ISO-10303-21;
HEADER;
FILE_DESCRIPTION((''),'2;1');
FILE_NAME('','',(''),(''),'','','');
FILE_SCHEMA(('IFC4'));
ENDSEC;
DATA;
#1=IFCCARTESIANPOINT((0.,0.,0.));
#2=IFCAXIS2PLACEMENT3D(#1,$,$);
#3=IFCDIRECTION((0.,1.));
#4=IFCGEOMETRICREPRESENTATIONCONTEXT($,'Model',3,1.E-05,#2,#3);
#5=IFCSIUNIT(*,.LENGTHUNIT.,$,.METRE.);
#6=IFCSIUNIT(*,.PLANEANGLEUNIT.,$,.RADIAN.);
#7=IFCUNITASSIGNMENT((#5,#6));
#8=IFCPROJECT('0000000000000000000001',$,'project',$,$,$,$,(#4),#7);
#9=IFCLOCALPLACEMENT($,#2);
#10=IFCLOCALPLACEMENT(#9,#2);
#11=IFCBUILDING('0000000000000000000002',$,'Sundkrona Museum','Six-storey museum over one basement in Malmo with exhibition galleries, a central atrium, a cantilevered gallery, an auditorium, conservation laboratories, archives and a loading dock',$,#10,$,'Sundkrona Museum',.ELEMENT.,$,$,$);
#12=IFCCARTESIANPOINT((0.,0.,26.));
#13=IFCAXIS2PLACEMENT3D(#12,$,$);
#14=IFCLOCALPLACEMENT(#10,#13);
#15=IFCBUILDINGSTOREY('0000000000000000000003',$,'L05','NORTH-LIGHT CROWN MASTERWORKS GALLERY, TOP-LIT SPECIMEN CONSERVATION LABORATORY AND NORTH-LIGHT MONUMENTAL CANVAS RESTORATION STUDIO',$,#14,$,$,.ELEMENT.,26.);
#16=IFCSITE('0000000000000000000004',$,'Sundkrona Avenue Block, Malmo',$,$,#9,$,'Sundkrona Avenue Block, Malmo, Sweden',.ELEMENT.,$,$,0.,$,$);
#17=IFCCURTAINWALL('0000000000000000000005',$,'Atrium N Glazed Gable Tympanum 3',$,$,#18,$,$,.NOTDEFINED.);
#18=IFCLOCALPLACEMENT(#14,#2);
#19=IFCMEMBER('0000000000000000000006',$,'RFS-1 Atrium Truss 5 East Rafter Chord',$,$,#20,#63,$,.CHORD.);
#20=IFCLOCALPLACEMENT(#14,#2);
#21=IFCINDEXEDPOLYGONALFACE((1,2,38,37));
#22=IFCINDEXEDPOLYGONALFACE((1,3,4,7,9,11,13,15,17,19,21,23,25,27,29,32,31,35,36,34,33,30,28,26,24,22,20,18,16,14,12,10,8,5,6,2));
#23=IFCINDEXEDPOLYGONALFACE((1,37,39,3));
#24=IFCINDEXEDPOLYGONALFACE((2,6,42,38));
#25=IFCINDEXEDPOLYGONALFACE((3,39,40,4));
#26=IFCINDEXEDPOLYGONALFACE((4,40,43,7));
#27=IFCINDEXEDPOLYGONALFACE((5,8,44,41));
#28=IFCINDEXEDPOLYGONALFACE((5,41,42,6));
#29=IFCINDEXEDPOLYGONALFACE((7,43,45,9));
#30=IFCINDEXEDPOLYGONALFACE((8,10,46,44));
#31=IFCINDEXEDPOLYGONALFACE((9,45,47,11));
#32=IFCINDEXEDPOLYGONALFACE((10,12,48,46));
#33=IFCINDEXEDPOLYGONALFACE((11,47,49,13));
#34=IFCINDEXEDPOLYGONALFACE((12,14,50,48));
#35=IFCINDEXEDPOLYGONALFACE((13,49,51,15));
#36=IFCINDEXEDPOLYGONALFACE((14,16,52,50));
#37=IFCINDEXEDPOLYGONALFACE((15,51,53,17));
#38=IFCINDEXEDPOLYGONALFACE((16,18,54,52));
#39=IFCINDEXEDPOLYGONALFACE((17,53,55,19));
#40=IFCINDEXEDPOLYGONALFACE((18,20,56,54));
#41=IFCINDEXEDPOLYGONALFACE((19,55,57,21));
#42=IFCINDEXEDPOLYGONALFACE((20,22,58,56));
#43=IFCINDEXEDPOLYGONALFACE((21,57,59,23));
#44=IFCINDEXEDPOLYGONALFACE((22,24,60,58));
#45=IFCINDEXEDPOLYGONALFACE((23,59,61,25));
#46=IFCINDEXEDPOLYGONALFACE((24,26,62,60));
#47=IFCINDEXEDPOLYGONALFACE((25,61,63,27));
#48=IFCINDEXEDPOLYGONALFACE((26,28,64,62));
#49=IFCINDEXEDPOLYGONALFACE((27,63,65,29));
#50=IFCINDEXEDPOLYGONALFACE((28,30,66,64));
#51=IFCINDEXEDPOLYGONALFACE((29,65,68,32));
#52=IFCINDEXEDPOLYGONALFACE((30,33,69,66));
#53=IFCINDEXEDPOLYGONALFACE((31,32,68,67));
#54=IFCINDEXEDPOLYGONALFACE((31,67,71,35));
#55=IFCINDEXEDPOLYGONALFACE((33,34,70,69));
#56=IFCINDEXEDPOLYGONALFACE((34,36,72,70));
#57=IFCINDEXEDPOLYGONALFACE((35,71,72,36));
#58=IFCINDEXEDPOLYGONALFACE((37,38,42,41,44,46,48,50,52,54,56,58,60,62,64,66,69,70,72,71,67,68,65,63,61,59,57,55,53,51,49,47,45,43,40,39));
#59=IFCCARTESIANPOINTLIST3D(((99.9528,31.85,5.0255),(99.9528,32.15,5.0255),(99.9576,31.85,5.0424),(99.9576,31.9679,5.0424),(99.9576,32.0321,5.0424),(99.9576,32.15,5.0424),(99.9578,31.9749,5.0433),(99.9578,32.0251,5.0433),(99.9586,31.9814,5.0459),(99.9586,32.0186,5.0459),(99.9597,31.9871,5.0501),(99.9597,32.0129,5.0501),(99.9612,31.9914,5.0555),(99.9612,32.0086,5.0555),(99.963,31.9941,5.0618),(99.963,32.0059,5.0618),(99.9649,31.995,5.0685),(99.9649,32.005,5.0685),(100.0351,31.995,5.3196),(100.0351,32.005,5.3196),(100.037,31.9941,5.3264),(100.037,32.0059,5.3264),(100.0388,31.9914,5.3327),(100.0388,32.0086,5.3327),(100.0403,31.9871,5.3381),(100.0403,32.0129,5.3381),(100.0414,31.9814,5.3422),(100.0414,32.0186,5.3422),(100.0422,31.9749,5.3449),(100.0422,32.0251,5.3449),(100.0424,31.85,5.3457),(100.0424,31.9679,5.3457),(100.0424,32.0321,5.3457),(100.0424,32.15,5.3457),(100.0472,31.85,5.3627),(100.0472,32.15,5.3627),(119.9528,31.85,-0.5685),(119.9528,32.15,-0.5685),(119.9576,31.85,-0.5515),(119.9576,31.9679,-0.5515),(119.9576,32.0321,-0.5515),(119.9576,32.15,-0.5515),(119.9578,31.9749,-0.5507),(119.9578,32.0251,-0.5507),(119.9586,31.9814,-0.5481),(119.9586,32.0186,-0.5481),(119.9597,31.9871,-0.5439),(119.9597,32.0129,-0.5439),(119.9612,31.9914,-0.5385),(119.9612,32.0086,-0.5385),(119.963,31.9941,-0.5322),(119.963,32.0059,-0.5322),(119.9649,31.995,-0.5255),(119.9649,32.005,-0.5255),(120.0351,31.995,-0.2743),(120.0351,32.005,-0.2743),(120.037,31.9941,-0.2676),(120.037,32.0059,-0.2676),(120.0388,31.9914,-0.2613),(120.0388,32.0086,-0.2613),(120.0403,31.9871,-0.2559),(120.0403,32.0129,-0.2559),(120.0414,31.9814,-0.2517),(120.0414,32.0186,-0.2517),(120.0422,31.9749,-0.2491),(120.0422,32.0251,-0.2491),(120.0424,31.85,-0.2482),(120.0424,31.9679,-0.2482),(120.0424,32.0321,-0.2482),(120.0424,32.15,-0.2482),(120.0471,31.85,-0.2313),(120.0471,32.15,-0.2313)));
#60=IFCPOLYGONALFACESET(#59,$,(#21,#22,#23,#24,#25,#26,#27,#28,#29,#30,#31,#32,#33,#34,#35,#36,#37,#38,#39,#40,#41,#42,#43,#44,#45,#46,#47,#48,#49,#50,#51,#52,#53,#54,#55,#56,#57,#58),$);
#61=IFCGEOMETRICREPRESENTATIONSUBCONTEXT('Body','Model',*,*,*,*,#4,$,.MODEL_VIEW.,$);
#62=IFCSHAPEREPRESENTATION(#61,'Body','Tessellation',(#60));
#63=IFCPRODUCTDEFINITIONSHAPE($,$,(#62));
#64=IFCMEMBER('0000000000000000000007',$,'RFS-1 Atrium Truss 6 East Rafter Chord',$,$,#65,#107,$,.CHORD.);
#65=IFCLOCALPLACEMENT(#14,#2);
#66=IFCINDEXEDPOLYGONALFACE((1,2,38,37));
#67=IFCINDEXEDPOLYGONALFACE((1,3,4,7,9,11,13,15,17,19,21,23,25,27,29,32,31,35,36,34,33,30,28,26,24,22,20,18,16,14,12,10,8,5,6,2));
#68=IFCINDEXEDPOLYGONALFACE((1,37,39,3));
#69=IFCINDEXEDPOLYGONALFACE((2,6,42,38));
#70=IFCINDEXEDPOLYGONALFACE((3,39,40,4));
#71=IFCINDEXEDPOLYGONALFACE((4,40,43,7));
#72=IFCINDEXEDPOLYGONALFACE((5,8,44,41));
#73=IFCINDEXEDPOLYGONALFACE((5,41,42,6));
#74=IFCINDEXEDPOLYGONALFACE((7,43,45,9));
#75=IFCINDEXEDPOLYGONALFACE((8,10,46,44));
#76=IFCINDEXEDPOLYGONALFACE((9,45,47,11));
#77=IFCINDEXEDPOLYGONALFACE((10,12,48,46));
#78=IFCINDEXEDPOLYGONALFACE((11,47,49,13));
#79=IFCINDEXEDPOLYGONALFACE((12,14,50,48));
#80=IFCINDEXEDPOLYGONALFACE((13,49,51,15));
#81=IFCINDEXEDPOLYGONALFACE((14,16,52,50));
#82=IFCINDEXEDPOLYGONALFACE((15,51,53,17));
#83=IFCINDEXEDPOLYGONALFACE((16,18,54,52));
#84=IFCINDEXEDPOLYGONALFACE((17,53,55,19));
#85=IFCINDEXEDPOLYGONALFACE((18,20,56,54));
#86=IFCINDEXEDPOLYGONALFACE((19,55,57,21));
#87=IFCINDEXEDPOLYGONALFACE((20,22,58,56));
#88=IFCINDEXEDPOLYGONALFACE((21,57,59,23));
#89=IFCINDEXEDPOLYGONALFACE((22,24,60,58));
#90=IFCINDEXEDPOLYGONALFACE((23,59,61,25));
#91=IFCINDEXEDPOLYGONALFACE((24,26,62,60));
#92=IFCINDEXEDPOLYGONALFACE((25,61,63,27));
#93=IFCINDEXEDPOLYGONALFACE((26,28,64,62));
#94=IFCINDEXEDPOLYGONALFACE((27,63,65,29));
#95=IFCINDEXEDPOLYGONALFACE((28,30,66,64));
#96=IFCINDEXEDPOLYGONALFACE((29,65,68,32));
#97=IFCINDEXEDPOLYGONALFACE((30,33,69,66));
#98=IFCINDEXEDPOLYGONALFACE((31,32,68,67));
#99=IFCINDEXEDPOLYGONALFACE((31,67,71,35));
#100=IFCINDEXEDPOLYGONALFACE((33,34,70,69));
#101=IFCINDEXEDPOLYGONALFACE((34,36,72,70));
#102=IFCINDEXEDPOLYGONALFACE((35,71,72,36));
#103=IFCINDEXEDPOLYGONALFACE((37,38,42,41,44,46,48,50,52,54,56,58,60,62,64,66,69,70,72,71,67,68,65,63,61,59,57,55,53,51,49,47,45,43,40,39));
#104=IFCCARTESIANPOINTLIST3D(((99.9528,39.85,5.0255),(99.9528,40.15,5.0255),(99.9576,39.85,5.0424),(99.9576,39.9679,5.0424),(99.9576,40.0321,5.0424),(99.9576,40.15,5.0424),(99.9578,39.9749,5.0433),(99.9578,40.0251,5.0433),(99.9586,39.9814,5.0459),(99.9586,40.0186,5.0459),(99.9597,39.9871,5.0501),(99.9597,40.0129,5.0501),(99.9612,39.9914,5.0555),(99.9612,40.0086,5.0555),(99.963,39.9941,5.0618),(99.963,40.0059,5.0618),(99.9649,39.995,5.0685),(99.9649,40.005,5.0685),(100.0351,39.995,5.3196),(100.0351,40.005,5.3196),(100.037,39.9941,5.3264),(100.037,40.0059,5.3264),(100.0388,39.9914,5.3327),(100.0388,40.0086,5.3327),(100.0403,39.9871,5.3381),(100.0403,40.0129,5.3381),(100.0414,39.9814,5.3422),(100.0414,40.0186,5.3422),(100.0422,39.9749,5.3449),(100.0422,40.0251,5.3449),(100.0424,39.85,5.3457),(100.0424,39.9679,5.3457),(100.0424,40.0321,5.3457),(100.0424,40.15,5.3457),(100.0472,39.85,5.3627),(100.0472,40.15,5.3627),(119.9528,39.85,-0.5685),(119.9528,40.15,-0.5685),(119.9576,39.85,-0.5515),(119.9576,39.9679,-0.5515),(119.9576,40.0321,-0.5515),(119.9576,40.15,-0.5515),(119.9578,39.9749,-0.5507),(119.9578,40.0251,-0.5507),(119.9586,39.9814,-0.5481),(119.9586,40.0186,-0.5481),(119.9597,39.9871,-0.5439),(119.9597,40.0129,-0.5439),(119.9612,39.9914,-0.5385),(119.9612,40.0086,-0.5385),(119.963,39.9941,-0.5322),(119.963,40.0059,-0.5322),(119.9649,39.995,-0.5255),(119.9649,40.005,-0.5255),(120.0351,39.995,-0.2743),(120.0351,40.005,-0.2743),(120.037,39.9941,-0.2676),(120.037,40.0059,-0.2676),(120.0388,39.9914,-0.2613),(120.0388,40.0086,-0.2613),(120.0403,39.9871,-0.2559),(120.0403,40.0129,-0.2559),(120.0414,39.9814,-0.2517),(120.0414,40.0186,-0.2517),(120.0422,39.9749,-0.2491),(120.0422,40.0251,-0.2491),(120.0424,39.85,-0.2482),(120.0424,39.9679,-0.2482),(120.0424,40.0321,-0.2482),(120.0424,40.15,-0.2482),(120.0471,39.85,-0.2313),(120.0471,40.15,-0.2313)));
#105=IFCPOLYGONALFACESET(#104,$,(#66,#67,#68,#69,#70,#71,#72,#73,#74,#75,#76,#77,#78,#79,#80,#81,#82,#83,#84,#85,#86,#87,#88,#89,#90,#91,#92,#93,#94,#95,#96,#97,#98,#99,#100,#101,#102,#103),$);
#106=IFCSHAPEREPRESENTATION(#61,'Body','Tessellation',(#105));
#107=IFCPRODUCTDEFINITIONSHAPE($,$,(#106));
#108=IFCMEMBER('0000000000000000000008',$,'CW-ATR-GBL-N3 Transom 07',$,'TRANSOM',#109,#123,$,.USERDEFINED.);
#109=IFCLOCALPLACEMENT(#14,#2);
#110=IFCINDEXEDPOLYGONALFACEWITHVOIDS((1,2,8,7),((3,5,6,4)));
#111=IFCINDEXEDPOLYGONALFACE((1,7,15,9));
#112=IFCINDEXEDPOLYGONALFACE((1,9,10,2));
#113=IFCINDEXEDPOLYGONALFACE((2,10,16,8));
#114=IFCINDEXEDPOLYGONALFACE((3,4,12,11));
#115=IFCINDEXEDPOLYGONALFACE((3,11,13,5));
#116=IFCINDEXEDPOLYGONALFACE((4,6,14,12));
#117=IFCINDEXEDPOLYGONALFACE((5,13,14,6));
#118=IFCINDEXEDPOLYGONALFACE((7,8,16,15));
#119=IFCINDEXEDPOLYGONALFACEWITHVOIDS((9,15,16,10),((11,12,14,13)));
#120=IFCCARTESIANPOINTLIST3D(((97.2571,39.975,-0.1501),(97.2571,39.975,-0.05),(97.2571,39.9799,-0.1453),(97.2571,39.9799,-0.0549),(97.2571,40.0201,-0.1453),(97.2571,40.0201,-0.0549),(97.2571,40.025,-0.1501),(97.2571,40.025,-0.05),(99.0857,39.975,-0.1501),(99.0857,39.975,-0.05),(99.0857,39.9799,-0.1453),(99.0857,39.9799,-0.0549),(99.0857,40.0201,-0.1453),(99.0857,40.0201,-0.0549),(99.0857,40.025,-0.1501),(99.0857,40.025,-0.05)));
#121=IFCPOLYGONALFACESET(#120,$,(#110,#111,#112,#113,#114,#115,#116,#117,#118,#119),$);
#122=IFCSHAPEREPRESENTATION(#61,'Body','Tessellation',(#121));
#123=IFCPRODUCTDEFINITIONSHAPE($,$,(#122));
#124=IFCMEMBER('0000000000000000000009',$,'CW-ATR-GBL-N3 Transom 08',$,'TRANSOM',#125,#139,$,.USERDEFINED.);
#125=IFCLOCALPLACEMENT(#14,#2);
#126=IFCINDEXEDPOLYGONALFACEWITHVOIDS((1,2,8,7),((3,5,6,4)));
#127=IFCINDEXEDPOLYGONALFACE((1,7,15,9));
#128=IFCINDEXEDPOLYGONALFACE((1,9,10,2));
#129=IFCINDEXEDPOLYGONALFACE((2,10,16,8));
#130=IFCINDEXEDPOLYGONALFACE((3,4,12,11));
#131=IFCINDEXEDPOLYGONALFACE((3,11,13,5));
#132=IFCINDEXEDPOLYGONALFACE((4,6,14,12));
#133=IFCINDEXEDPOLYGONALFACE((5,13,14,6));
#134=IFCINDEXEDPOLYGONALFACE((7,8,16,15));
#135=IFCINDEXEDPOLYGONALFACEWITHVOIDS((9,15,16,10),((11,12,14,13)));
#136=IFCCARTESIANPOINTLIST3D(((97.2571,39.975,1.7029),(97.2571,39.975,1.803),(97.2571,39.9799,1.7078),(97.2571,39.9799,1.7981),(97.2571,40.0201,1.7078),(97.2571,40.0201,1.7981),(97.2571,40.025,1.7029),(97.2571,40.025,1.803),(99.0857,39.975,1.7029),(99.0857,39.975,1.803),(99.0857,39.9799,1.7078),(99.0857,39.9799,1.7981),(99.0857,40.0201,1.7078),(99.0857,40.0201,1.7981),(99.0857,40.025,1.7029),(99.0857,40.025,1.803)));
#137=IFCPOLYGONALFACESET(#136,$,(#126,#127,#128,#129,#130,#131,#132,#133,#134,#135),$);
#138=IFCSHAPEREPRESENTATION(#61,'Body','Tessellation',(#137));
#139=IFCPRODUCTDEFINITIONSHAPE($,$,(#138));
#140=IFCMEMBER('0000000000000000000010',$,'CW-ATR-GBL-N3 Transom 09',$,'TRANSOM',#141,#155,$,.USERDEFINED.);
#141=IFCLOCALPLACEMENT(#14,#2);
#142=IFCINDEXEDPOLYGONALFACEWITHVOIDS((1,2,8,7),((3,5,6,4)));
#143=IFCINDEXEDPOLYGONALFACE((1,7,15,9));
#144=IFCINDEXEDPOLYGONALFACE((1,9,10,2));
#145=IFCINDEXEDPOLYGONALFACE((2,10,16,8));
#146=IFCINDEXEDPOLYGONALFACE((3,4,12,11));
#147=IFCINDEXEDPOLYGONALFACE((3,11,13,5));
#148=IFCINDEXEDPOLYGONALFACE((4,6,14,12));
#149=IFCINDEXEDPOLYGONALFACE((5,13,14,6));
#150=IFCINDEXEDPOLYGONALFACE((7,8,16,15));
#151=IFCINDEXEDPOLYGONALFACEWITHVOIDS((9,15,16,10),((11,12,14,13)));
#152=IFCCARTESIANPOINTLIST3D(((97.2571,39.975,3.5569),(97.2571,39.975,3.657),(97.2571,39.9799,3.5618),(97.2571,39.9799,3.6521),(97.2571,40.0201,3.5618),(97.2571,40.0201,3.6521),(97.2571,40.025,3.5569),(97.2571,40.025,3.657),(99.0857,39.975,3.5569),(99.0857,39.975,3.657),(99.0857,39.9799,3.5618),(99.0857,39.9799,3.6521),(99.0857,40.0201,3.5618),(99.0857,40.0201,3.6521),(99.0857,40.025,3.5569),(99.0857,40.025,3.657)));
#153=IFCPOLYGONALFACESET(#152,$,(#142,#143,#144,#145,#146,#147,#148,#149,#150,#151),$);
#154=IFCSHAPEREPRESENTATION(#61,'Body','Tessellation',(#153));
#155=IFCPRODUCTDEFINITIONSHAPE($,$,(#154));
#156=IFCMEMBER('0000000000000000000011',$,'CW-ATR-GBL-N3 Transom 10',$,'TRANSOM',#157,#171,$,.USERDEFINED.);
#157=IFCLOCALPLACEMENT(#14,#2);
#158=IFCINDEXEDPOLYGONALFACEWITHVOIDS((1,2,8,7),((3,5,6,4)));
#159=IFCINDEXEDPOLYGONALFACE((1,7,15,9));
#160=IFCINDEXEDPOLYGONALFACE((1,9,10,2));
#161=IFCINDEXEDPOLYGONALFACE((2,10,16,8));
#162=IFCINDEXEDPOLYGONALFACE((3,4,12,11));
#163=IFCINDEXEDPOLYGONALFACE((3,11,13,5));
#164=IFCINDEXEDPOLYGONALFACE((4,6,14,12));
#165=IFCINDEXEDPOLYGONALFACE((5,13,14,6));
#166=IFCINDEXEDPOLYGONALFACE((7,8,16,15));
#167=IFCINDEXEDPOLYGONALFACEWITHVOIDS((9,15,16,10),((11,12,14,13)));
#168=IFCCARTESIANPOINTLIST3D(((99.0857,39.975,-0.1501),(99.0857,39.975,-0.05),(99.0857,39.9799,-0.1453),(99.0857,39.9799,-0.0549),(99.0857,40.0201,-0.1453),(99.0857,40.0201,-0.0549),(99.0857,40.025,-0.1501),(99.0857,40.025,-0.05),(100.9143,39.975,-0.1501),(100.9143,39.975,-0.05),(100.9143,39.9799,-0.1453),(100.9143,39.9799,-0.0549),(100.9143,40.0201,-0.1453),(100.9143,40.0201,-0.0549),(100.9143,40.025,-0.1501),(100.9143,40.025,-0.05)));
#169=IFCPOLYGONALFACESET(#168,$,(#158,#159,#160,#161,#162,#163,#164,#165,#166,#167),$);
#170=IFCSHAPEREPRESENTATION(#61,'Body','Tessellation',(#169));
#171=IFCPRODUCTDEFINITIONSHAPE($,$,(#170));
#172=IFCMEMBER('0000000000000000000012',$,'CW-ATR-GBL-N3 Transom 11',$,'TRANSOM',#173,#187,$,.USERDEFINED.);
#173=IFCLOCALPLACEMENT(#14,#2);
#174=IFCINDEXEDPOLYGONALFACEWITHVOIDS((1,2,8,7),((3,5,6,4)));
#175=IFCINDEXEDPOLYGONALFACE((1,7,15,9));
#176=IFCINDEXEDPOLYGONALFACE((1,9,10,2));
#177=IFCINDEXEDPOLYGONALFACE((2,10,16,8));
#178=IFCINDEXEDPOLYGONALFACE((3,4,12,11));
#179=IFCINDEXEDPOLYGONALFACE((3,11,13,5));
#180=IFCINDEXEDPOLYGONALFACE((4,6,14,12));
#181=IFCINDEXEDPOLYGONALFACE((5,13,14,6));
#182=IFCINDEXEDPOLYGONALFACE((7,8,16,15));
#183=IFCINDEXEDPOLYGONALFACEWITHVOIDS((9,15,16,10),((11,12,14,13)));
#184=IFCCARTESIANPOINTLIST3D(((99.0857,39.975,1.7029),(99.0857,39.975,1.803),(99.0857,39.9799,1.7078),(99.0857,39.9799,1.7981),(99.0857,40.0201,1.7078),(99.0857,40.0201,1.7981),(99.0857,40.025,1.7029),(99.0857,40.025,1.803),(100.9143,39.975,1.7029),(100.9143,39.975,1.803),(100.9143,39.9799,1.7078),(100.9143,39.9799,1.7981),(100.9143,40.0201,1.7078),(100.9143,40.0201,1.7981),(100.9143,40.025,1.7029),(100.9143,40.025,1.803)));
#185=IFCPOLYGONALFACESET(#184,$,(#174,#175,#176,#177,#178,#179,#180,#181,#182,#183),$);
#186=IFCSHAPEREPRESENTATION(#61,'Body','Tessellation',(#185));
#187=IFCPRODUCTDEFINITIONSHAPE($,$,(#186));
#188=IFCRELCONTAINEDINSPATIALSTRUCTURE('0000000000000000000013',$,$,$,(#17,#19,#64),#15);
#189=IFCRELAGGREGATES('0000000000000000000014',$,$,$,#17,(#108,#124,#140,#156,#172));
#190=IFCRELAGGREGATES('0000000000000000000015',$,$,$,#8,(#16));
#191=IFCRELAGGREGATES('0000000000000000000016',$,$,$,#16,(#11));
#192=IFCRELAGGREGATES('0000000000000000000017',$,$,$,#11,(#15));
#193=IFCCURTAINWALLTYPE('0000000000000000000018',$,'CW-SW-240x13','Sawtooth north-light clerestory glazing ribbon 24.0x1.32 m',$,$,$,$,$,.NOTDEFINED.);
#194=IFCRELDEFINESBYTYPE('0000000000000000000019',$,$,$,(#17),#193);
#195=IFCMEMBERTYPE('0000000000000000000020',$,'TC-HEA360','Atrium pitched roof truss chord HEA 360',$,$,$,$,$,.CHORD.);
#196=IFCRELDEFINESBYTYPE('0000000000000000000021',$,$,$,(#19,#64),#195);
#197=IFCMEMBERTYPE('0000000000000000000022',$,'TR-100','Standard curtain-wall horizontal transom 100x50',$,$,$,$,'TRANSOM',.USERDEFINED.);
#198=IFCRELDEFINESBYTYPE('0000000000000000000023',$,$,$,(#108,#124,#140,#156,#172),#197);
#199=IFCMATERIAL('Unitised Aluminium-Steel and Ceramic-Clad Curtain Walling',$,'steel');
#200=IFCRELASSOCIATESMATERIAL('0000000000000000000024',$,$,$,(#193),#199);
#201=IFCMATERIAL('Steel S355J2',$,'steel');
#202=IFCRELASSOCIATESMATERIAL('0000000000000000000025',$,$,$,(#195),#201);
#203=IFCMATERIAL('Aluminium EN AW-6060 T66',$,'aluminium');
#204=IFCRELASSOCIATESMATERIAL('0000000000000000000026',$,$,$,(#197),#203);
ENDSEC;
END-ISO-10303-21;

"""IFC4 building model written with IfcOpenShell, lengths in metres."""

from ifc_helpers import new_model, si_unit, direction, frame, origin, origin_2d, place, context, subcontext, project, spatial, hollow_rectangle, i_section, extrude, material, material_profile, profile_set, type_object, element, aggregate, save


model = new_model("IFC4")

# Units and contexts
model_context = context("Model", 3, precision=1e-05, world=origin(), true_north=direction((0.0, 1.0)))
body_context = subcontext(model_context, "Body", "Model", "MODEL_VIEW")
ifc_project = project(units=[si_unit("LENGTHUNIT", "METRE"), si_unit("PLANEANGLEUNIT", "RADIAN")], contexts=[model_context])

# Site, building, storey
site_placement = place(None, origin())
site = spatial("IfcSite", under=ifc_project, at=site_placement, Name="Sundkrona Avenue Block, Malmo", LongName="Sundkrona Avenue Block, Malmo, Sweden", CompositionType="ELEMENT", RefElevation=0.0)
building_placement = place(site_placement, origin())
building = spatial("IfcBuilding", under=site, at=building_placement, Name="Sundkrona Museum", Description="Six-storey museum over one basement in Malmo with exhibition galleries, a central atrium, a cantilevered gallery, an auditorium, conservation laboratories, archives and a loading dock", LongName="Sundkrona Museum", CompositionType="ELEMENT")
storey_placement = place(building_placement, frame((0.0, 0.0, 26.0)))
storey = spatial("IfcBuildingStorey", under=building, at=storey_placement, Name="L05", Description="NORTH-LIGHT CROWN MASTERWORKS GALLERY, TOP-LIT SPECIMEN CONSERVATION LABORATORY AND NORTH-LIGHT MONUMENTAL CANVAS RESTORATION STUDIO", CompositionType="ELEMENT", Elevation=26.0)

# Curtain wall
ifc_material_1 = material(Name="Unitised Aluminium-Steel and Ceramic-Clad Curtain Walling", Category="steel")
curtain_wall_type = type_object("IfcCurtainWallType", Name="CW-SW-240x13", Description="Sawtooth north-light clerestory glazing ribbon 24.0x1.32 m", PredefinedType="NOTDEFINED", material=ifc_material_1)
curtain_wall_placement = place(storey_placement, origin())
curtain_wall = element("IfcCurtainWall", 1, at=curtain_wall_placement, inside=storey, type_object=curtain_wall_type, Name="Atrium N Glazed Gable Tympanum 3", PredefinedType="NOTDEFINED")
ifc_material_2 = material(Name="Aluminium EN AW-6060 T66", Category="aluminium")

# Members
ifc_material_3 = material(Name="Steel S355J2", Category="steel")
ifc_material_profile_1 = material_profile(ifc_material_3, i_section(OverallWidth=0.3, OverallDepth=0.3501, WebThickness=0.01, FlangeThickness=0.0176, FilletRadius=0.0271, at=origin_2d()), Name="HEA 360")
ifc_profile_set_1 = profile_set([ifc_material_profile_1], Name="Steel S355J2")
member_type_1 = type_object("IfcMemberType", Name="TC-HEA360", Description="Atrium pitched roof truss chord HEA 360", PredefinedType="CHORD", material=ifc_profile_set_1)
for number, where, z_axis, x_axis, name in (
    (2, (100.0, 32.0, 5.1941), (0.963039, 0.0, -0.269362), (0.0, 1.0, 0.0), "RFS-1 Atrium Truss 5 East Rafter Chord"),
    (3, (100.0, 40.0, 5.1941), (0.963039, 0.0, -0.269362), (0.0, 1.0, 0.0), "RFS-1 Atrium Truss 6 East Rafter Chord"),
):
    element("IfcMember", number, at=place(storey_placement, frame(where, z_axis=z_axis, x_axis=x_axis)), inside=storey, type_object=member_type_1, Name=name, PredefinedType="CHORD", context=body_context, shape_type="SweptSolid", body=[
        extrude(i_section(OverallWidth=0.3, OverallDepth=0.3501, WebThickness=0.01, FlangeThickness=0.0176, FilletRadius=0.0271, at=origin_2d()), origin(), (0.0, 0.0, 1.0), 20.7676),
    ])

# Members
ifc_material_profile_2 = material_profile(ifc_material_2, hollow_rectangle(XDim=0.05, YDim=0.1001, WallThickness=0.0049, at=origin_2d()), Name="RHS 100x50x5.0")
ifc_profile_set_2 = profile_set([ifc_material_profile_2], Name="Aluminium EN AW-6060 T66")
member_type_2 = type_object("IfcMemberType", Name="TR-100", Description="Standard curtain-wall horizontal transom 100x50", ElementType="TRANSOM", PredefinedType="USERDEFINED", material=ifc_profile_set_2)
member_1_placement = place(storey_placement, frame((97.2571, 40.0, -0.1001), z_axis=(1.0, 0.0, 0.0), x_axis=(0.0, 1.0, 0.0)))
member_1 = element("IfcMember", 4, at=member_1_placement, type_object=member_type_2, Name="CW-ATR-GBL-N3 Transom 07", ObjectType="TRANSOM", PredefinedType="USERDEFINED", context=body_context, shape_type="SweptSolid", body=[
    extrude(hollow_rectangle(XDim=0.05, YDim=0.1001, WallThickness=0.0049, at=origin_2d()), origin(), (0.0, 0.0, 1.0), 1.8286),
])
member_2_placement = place(storey_placement, frame((97.2571, 40.0, 1.7529), z_axis=(1.0, 0.0, 0.0), x_axis=(0.0, 1.0, 0.0)))
member_2 = element("IfcMember", 5, at=member_2_placement, type_object=member_type_2, Name="CW-ATR-GBL-N3 Transom 08", ObjectType="TRANSOM", PredefinedType="USERDEFINED", context=body_context, shape_type="SweptSolid", body=[
    extrude(hollow_rectangle(XDim=0.05, YDim=0.1001, WallThickness=0.0049, at=origin_2d()), origin(), (0.0, 0.0, 1.0), 1.8286),
])
member_3_placement = place(storey_placement, frame((97.2571, 40.0, 3.6069), z_axis=(1.0, 0.0, 0.0), x_axis=(0.0, 1.0, 0.0)))
member_3 = element("IfcMember", 6, at=member_3_placement, type_object=member_type_2, Name="CW-ATR-GBL-N3 Transom 09", ObjectType="TRANSOM", PredefinedType="USERDEFINED", context=body_context, shape_type="SweptSolid", body=[
    extrude(hollow_rectangle(XDim=0.05, YDim=0.1001, WallThickness=0.0049, at=origin_2d()), origin(), (0.0, 0.0, 1.0), 1.8286),
])
member_4_placement = place(storey_placement, frame((99.0857, 40.0, -0.1001), z_axis=(1.0, 0.0, 0.0), x_axis=(0.0, 1.0, 0.0)))
member_4 = element("IfcMember", 7, at=member_4_placement, type_object=member_type_2, Name="CW-ATR-GBL-N3 Transom 10", ObjectType="TRANSOM", PredefinedType="USERDEFINED", context=body_context, shape_type="SweptSolid", body=[
    extrude(hollow_rectangle(XDim=0.05, YDim=0.1001, WallThickness=0.0049, at=origin_2d()), origin(), (0.0, 0.0, 1.0), 1.8286),
])
member_5_placement = place(storey_placement, frame((99.0857, 40.0, 1.7529), z_axis=(1.0, 0.0, 0.0), x_axis=(0.0, 1.0, 0.0)))
member_5 = element("IfcMember", 8, at=member_5_placement, type_object=member_type_2, Name="CW-ATR-GBL-N3 Transom 11", ObjectType="TRANSOM", PredefinedType="USERDEFINED", context=body_context, shape_type="SweptSolid", body=[
    extrude(hollow_rectangle(XDim=0.05, YDim=0.1001, WallThickness=0.0049, at=origin_2d()), origin(), (0.0, 0.0, 1.0), 1.8286),
])

aggregate(curtain_wall, [member_1, member_2, member_3, member_4, member_5])

save(model, "model.ifc")
